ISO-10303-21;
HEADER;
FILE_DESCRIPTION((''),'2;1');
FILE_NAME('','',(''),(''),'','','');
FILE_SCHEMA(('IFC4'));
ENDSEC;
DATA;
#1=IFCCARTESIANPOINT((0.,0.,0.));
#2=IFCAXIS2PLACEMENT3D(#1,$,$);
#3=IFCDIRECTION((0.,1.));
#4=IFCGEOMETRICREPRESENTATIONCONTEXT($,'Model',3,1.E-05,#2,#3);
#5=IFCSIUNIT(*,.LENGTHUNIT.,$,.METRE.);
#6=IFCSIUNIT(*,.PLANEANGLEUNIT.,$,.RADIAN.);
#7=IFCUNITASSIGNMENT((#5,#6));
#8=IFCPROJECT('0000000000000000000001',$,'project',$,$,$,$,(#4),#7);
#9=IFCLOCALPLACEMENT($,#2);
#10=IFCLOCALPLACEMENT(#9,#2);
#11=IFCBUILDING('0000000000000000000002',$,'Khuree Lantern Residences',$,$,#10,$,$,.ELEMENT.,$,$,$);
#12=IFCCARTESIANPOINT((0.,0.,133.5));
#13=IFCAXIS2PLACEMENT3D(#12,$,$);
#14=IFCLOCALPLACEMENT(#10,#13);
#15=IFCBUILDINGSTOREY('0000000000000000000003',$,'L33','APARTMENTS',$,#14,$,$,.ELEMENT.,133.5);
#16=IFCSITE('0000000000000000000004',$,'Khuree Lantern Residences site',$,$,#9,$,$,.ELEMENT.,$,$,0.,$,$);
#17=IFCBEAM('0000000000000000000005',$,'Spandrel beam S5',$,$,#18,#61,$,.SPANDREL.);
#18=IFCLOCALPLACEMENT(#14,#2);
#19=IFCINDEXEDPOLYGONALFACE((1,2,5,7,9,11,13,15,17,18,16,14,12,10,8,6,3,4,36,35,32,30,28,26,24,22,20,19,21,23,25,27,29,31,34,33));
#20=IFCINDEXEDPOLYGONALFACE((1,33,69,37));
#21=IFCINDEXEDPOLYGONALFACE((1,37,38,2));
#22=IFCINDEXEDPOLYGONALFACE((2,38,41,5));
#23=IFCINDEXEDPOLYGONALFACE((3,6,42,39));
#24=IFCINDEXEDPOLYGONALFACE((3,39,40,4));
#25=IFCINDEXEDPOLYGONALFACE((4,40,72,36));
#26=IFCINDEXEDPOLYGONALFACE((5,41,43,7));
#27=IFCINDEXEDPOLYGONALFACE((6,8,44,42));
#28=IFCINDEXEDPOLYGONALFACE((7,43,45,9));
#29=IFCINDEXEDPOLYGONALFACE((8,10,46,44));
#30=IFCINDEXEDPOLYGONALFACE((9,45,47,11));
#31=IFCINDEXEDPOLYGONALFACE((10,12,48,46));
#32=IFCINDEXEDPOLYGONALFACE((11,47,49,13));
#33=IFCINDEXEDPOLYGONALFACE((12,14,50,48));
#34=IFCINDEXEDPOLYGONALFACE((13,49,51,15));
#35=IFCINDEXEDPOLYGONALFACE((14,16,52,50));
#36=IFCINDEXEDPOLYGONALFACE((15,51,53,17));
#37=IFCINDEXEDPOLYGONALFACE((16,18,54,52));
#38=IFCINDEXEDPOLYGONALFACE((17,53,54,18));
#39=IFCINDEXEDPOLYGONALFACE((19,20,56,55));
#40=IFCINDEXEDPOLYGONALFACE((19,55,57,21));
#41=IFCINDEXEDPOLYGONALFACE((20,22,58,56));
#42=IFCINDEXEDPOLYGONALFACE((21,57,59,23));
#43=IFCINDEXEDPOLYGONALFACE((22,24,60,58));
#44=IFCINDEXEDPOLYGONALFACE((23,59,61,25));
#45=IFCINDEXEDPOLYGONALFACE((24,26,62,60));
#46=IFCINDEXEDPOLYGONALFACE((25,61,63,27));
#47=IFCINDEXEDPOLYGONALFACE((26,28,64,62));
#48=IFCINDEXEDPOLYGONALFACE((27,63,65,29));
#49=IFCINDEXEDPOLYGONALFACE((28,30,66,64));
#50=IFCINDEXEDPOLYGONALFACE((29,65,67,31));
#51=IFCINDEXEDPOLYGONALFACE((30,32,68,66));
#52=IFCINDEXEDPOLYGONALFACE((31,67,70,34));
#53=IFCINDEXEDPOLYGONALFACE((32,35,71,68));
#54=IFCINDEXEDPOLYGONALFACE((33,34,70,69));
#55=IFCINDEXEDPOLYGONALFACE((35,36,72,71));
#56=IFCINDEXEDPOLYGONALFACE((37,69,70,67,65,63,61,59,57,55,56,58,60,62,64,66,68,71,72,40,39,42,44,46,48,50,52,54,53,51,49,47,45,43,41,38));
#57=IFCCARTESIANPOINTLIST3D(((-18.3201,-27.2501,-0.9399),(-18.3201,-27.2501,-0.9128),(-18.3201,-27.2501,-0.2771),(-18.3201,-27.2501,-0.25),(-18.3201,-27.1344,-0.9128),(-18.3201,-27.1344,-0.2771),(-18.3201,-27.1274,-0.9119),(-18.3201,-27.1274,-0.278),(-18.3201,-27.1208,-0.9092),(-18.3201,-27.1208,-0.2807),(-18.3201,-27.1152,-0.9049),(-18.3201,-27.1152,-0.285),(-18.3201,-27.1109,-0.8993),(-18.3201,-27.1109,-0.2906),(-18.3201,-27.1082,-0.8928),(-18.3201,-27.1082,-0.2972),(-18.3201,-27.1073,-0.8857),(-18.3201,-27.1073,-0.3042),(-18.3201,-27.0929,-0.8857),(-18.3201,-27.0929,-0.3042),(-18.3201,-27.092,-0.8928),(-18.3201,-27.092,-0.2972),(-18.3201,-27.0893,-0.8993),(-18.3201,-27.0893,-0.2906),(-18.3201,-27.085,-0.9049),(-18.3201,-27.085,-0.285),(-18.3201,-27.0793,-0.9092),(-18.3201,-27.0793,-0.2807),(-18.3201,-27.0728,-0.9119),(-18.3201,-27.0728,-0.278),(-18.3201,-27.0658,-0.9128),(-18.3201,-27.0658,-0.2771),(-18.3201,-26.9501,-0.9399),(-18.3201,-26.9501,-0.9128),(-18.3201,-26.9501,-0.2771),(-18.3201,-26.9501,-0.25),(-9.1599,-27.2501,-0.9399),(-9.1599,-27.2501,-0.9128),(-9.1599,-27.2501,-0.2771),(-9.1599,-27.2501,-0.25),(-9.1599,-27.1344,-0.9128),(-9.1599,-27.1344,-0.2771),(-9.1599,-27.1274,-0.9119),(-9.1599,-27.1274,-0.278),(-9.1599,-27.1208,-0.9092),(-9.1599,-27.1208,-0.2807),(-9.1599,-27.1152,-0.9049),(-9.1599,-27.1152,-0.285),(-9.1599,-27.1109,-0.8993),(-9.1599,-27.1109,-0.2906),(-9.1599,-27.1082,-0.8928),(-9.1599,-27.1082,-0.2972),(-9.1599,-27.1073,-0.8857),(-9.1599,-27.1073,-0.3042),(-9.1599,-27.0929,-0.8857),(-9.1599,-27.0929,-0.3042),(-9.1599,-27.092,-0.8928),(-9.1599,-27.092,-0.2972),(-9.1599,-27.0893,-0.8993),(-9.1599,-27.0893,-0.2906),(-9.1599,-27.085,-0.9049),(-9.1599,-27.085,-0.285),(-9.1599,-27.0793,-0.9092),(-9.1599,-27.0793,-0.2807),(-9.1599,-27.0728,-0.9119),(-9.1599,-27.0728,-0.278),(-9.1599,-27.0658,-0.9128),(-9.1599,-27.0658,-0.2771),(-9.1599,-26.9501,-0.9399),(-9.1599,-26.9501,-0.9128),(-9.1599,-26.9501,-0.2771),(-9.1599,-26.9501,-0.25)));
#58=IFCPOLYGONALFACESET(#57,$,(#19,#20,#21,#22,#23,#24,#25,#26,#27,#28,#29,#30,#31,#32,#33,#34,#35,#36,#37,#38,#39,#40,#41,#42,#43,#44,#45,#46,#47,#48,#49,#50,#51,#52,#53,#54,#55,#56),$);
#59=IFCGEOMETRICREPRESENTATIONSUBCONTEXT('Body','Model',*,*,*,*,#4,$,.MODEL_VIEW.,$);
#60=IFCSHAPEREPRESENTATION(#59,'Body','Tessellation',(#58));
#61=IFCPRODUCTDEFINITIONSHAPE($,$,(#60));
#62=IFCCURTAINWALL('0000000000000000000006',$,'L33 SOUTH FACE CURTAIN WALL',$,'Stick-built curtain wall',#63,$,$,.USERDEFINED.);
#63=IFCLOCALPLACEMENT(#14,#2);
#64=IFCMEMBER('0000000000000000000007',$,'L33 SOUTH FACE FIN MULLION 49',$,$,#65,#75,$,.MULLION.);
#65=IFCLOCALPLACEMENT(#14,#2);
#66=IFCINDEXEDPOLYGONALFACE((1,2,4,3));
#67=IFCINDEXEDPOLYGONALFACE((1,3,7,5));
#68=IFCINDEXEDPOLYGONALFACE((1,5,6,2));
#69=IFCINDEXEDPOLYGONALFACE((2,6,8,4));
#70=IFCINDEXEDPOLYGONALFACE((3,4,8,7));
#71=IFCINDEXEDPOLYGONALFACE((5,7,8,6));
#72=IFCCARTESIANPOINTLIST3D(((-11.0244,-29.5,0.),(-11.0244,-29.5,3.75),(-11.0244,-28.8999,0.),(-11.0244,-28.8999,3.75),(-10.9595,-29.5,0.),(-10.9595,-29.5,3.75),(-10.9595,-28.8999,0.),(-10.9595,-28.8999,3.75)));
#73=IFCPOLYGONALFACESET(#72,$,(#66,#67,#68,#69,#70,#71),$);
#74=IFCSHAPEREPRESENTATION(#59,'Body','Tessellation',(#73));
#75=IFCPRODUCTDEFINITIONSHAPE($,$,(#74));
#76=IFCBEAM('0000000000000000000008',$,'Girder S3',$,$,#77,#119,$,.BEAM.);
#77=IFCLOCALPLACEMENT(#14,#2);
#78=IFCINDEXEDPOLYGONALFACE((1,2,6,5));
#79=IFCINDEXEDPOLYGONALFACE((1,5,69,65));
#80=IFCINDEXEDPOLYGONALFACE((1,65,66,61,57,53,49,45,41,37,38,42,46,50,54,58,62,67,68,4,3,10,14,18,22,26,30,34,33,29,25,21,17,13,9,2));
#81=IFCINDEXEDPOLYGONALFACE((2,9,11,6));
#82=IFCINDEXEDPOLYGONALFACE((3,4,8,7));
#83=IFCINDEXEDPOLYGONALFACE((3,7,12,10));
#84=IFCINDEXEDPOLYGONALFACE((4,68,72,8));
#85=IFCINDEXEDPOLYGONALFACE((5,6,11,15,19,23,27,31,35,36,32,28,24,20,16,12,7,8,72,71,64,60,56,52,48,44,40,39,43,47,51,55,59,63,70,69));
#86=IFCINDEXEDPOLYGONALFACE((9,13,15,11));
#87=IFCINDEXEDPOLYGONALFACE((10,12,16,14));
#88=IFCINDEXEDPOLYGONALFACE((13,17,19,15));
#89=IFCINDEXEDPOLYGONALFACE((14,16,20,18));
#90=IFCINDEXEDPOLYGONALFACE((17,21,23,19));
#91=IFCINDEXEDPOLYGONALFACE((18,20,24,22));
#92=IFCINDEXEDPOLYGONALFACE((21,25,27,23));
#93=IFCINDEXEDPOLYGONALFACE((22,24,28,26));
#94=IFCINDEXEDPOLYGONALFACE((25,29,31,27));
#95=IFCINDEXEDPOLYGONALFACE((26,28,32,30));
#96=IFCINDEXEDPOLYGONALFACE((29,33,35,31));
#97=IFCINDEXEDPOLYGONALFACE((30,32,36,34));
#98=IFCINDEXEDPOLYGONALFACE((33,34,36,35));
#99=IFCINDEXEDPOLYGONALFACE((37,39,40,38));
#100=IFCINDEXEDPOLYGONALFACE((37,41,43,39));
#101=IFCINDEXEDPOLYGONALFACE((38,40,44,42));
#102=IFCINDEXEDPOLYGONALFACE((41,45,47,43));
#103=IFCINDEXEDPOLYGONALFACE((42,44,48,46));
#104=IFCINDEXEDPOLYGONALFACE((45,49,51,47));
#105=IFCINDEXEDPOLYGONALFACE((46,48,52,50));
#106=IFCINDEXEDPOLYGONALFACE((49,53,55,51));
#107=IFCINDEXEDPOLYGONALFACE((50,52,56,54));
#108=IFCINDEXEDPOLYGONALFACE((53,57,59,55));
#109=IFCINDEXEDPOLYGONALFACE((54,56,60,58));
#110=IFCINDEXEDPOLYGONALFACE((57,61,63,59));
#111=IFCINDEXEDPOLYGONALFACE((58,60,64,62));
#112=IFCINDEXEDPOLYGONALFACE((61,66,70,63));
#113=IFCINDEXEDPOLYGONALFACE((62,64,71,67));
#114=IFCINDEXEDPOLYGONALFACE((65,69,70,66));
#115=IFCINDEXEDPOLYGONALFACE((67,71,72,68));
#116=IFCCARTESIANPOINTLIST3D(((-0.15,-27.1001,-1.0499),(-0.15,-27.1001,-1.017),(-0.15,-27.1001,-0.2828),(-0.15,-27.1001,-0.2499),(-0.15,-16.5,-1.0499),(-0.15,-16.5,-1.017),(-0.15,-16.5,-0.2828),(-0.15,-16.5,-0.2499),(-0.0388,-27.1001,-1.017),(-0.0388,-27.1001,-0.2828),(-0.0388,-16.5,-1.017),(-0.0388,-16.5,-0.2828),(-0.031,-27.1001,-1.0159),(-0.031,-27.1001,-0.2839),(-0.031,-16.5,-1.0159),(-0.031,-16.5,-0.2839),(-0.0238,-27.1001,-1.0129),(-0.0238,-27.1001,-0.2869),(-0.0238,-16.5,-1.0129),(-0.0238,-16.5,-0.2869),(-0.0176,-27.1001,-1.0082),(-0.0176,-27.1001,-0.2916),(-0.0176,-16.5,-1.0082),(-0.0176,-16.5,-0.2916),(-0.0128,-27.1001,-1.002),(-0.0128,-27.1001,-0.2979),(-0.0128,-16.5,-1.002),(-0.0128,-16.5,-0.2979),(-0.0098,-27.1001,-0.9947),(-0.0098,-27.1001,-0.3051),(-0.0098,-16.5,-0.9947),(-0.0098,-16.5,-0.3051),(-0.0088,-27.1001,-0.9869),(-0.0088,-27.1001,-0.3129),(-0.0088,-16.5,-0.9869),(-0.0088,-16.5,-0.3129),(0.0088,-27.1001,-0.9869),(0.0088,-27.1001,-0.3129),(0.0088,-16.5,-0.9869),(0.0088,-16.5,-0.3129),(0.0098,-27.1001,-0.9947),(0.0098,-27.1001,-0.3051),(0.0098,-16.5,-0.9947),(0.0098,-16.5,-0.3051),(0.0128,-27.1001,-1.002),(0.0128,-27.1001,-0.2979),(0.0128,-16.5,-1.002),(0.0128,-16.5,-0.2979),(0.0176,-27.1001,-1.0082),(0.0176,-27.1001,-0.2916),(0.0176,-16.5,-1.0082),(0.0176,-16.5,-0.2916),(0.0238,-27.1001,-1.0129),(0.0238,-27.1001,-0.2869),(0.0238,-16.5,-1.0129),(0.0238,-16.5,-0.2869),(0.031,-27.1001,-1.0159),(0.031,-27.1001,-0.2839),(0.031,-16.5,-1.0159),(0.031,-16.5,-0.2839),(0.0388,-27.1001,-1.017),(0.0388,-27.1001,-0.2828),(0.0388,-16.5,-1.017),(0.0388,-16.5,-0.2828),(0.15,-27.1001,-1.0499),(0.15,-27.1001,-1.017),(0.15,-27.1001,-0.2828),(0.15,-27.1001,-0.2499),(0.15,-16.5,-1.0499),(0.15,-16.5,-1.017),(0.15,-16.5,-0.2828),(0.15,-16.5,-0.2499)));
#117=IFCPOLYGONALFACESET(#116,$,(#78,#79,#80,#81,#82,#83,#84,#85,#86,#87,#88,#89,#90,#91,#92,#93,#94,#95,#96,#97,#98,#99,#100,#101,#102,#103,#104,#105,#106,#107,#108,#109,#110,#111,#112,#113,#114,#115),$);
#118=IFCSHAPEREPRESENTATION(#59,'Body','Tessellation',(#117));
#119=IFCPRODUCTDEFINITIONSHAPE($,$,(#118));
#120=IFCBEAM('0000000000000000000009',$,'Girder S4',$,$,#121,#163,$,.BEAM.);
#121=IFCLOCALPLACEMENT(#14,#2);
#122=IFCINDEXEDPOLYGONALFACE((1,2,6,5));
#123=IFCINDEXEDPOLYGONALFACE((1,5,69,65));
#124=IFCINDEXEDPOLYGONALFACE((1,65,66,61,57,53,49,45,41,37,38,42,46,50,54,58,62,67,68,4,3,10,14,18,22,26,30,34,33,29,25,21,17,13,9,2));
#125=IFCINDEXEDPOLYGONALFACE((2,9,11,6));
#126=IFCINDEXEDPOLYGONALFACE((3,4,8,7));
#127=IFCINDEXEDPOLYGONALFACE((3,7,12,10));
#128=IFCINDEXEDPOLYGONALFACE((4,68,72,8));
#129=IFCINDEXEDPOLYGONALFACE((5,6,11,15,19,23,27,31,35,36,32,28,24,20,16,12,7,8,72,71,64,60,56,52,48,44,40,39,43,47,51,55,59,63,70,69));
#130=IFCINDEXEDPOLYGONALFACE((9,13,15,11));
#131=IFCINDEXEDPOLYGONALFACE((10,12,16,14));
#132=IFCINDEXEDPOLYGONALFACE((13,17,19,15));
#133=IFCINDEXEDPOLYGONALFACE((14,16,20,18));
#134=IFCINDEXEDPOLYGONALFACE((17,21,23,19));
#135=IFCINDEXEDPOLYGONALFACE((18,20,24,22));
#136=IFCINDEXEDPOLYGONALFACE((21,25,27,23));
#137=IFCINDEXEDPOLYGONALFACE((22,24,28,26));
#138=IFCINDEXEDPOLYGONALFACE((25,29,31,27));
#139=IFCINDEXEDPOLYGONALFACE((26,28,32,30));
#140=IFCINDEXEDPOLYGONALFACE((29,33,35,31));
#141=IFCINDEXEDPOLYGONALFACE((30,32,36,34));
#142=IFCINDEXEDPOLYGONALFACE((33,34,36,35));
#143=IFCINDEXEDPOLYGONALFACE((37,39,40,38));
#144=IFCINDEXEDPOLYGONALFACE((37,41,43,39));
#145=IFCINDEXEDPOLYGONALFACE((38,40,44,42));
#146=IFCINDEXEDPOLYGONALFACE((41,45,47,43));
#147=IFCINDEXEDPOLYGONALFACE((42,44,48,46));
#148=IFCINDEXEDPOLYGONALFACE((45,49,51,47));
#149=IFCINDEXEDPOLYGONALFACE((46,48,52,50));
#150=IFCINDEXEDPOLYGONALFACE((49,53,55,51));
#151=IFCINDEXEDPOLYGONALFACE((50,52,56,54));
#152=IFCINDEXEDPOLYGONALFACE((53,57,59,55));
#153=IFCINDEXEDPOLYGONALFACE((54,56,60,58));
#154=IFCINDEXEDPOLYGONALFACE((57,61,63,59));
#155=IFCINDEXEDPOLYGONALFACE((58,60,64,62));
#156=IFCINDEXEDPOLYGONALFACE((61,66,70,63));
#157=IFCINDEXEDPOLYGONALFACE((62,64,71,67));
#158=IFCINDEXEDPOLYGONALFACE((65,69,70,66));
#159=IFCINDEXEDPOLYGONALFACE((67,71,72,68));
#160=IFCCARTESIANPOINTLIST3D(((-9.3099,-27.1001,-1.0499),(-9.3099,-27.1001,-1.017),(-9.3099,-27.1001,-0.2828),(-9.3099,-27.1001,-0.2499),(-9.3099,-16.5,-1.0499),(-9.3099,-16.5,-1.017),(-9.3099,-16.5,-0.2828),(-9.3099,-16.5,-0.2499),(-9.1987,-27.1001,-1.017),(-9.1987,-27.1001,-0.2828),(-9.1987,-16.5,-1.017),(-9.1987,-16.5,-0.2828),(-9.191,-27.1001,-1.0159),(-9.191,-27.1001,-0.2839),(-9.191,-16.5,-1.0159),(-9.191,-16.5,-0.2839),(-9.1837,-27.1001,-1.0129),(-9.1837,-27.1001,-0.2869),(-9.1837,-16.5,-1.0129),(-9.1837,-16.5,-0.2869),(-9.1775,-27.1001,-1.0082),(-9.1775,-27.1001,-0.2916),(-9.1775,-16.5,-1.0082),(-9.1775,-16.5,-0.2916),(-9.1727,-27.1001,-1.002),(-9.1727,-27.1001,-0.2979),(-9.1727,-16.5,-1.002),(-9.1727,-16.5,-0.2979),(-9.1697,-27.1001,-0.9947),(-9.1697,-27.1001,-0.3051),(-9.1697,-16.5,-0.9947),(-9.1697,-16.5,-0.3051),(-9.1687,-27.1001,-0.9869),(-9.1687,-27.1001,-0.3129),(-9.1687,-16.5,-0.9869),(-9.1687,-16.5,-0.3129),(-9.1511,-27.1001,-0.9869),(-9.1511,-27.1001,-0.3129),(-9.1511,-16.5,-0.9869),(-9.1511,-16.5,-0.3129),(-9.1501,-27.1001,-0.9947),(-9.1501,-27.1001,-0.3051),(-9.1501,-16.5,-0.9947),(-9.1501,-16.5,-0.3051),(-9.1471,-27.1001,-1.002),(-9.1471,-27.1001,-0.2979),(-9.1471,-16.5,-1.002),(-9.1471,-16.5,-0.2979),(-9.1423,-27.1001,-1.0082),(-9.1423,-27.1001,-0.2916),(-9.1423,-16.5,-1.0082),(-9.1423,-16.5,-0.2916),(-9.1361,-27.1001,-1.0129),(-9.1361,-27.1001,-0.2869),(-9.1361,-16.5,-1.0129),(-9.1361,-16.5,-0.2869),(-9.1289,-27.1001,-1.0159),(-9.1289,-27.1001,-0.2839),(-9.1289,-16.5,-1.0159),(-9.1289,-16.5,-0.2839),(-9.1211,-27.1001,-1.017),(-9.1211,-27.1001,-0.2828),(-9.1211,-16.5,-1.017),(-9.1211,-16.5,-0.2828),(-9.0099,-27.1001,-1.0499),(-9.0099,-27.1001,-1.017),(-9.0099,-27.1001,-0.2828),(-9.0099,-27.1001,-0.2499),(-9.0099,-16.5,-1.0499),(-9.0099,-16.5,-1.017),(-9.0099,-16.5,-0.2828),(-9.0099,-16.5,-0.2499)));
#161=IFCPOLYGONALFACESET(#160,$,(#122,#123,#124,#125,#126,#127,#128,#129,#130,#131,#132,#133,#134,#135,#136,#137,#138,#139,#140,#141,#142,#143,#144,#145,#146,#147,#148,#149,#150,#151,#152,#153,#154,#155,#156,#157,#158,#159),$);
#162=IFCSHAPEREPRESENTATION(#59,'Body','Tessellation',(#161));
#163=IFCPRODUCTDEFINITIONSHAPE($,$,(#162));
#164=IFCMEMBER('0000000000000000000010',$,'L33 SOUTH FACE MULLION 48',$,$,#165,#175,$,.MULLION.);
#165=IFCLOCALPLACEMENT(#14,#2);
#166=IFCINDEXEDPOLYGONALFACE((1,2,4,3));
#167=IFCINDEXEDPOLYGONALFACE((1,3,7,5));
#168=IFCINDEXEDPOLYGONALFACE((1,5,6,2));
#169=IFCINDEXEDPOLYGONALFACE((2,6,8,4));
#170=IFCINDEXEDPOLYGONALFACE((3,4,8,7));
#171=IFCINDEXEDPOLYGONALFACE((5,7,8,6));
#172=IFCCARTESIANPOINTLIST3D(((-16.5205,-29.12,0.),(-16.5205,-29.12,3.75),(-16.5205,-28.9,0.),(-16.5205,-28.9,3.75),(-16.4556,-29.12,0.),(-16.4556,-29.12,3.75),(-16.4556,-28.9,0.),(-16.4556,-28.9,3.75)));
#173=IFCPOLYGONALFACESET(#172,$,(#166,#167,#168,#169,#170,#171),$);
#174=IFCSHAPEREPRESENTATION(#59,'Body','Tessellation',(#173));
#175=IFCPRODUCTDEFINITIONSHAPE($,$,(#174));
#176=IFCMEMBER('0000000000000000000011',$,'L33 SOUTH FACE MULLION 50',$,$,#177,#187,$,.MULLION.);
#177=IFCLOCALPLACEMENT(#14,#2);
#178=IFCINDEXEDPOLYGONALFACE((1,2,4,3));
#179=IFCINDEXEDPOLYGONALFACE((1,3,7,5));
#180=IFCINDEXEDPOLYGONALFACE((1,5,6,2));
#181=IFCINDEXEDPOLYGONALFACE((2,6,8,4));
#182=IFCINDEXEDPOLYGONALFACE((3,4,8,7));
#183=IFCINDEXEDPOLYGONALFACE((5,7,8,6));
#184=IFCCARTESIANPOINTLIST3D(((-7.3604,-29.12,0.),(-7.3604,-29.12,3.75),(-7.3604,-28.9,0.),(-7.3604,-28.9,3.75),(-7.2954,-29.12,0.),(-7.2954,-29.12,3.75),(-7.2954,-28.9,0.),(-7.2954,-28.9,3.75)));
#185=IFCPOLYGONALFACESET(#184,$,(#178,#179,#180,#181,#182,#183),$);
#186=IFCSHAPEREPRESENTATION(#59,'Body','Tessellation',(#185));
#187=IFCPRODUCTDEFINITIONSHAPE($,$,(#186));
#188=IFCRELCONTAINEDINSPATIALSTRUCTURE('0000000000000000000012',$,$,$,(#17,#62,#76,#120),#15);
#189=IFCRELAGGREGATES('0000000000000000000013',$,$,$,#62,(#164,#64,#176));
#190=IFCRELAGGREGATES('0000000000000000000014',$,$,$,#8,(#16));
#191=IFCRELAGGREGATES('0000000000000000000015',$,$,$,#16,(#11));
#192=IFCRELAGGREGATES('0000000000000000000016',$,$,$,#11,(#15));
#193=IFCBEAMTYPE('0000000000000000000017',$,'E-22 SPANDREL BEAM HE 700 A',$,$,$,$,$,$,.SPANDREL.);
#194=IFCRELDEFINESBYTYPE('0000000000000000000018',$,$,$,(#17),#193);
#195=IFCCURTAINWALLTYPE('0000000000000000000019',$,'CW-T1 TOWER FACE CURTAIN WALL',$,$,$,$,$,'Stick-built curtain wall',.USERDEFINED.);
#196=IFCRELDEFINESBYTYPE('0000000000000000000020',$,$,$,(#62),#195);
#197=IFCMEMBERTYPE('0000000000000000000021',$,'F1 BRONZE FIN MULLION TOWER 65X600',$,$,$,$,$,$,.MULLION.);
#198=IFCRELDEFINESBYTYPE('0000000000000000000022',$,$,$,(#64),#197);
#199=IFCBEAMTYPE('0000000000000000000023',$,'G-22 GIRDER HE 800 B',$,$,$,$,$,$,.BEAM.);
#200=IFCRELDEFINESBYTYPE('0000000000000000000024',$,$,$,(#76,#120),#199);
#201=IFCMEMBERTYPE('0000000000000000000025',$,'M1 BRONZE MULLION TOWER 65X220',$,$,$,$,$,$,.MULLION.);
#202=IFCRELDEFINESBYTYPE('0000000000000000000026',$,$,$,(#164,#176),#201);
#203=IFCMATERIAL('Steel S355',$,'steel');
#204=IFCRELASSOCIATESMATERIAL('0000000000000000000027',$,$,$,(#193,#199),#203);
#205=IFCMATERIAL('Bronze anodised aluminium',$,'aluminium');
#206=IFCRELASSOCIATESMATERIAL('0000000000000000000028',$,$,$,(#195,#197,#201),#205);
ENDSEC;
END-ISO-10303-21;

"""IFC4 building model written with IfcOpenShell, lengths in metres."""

from ifc_helpers import new_model, si_unit, direction, frame, origin, origin_2d, place, context, subcontext, project, spatial, rectangle, i_section, extrude, material, material_profile, profile_set, type_object, element, aggregate, save


model = new_model("IFC4")

# Units and contexts
model_context = context("Model", 3, precision=1e-05, world=origin(), true_north=direction((0.0, 1.0)))
body_context = subcontext(model_context, "Body", "Model", "MODEL_VIEW")
ifc_project = project(units=[si_unit("LENGTHUNIT", "METRE"), si_unit("PLANEANGLEUNIT", "RADIAN")], contexts=[model_context])

# Site, building, storey
site_placement = place(None, origin())
site = spatial("IfcSite", under=ifc_project, at=site_placement, Name="Khuree Lantern Residences site", CompositionType="ELEMENT", RefElevation=0.0)
building_placement = place(site_placement, origin())
building = spatial("IfcBuilding", under=site, at=building_placement, Name="Khuree Lantern Residences", CompositionType="ELEMENT")
storey_placement = place(building_placement, frame((0.0, 0.0, 133.5)))
storey = spatial("IfcBuildingStorey", under=building, at=storey_placement, Name="L33", Description="APARTMENTS", CompositionType="ELEMENT", Elevation=133.5)

# Beam
ifc_material_1 = material(Name="Steel S355", Category="steel")
ifc_material_profile_1 = material_profile(ifc_material_1, i_section(OverallWidth=0.3, OverallDepth=0.6899, WebThickness=0.0144, FlangeThickness=0.0271, FilletRadius=0.0271, at=origin_2d()), Name="HE 700 A")
ifc_profile_set_1 = profile_set([ifc_material_profile_1], Name="Steel S355")
beam_type_1 = type_object("IfcBeamType", Name="E-22 SPANDREL BEAM HE 700 A", PredefinedType="SPANDREL", material=ifc_profile_set_1)
beam_1_placement = place(storey_placement, frame((-9.1599, -27.1001, -0.595), z_axis=(-1.0, 0.0, 0.0), x_axis=(0.0, -1.0, 0.0)))
element("IfcBeam", 1, at=beam_1_placement, inside=storey, type_object=beam_type_1, Name="Spandrel beam S5", PredefinedType="SPANDREL", context=body_context, shape_type="SweptSolid", body=[
    extrude(i_section(OverallWidth=0.3, OverallDepth=0.6899, WebThickness=0.0144, FlangeThickness=0.0271, FilletRadius=0.0271, at=origin_2d()), origin(), (0.0, 0.0, 1.0), 9.1602),
])

# Curtain wall, member
ifc_material_2 = material(Name="Bronze anodised aluminium", Category="aluminium")
curtain_wall_type = type_object("IfcCurtainWallType", Name="CW-T1 TOWER FACE CURTAIN WALL", ElementType="Stick-built curtain wall", PredefinedType="USERDEFINED", material=ifc_material_2)
curtain_wall_placement = place(storey_placement, origin())
curtain_wall = element("IfcCurtainWall", 2, at=curtain_wall_placement, inside=storey, type_object=curtain_wall_type, Name="L33 SOUTH FACE CURTAIN WALL", ObjectType="Stick-built curtain wall", PredefinedType="USERDEFINED")
ifc_material_profile_2 = material_profile(ifc_material_2, rectangle(XDim=0.0649, YDim=0.6001, at=origin_2d()), Name="F1 65X600")
ifc_profile_set_2 = profile_set([ifc_material_profile_2], Name="Bronze anodised aluminium")
member_type_1 = type_object("IfcMemberType", Name="F1 BRONZE FIN MULLION TOWER 65X600", PredefinedType="MULLION", material=ifc_profile_set_2)
member_1_placement = place(storey_placement, frame((-10.9919, -29.2, 0.0), z_axis=(0.0, 0.0, 1.0), x_axis=(1.0, 0.0, 0.0)))
member_1 = element("IfcMember", 3, at=member_1_placement, type_object=member_type_1, Name="L33 SOUTH FACE FIN MULLION 49", PredefinedType="MULLION", context=body_context, shape_type="SweptSolid", body=[
    extrude(rectangle(XDim=0.0649, YDim=0.6001, at=origin_2d()), origin(), (0.0, 0.0, 1.0), 3.75),
])

# Beams
ifc_material_profile_3 = material_profile(ifc_material_1, i_section(OverallWidth=0.3, OverallDepth=0.8, WebThickness=0.0176, FlangeThickness=0.033, FilletRadius=0.03, at=origin_2d()), Name="HE 800 B")
ifc_profile_set_3 = profile_set([ifc_material_profile_3], Name="Steel S355")
beam_type_2 = type_object("IfcBeamType", Name="G-22 GIRDER HE 800 B", PredefinedType="BEAM", material=ifc_profile_set_3)
for number, where, z_axis, x_axis, name in (
    (4, (0.0, -27.1001, -0.6499), (0.0, 1.0, 0.0), (-1.0, 0.0, 0.0), "Girder S3"),
    (5, (-9.1599, -27.1001, -0.6499), (0.0, 1.0, 0.0), (-1.0, 0.0, 0.0), "Girder S4"),
):
    element("IfcBeam", number, at=place(storey_placement, frame(where, z_axis=z_axis, x_axis=x_axis)), inside=storey, type_object=beam_type_2, Name=name, PredefinedType="BEAM", context=body_context, shape_type="SweptSolid", body=[
        extrude(i_section(OverallWidth=0.3, OverallDepth=0.8, WebThickness=0.0176, FlangeThickness=0.033, FilletRadius=0.03, at=origin_2d()), origin(), (0.0, 0.0, 1.0), 10.6001),
    ])

# Members
ifc_material_profile_4 = material_profile(ifc_material_2, rectangle(XDim=0.0649, YDim=0.22, at=origin_2d()), Name="M1 65X220")
ifc_profile_set_4 = profile_set([ifc_material_profile_4], Name="Bronze anodised aluminium")
member_type_2 = type_object("IfcMemberType", Name="M1 BRONZE MULLION TOWER 65X220", PredefinedType="MULLION", material=ifc_profile_set_4)
member_2_placement = place(storey_placement, frame((-16.488, -29.01, 0.0), z_axis=(0.0, 0.0, 1.0), x_axis=(1.0, 0.0, 0.0)))
member_2 = element("IfcMember", 6, at=member_2_placement, type_object=member_type_2, Name="L33 SOUTH FACE MULLION 48", PredefinedType="MULLION", context=body_context, shape_type="SweptSolid", body=[
    extrude(rectangle(XDim=0.0649, YDim=0.22, at=origin_2d()), origin(), (0.0, 0.0, 1.0), 3.75),
])
member_3_placement = place(storey_placement, frame((-7.3279, -29.01, 0.0), z_axis=(0.0, 0.0, 1.0), x_axis=(1.0, 0.0, 0.0)))
member_3 = element("IfcMember", 7, at=member_3_placement, type_object=member_type_2, Name="L33 SOUTH FACE MULLION 50", PredefinedType="MULLION", context=body_context, shape_type="SweptSolid", body=[
    extrude(rectangle(XDim=0.0649, YDim=0.22, at=origin_2d()), origin(), (0.0, 0.0, 1.0), 3.75),
])

aggregate(curtain_wall, [member_2, member_1, member_3])

save(model, "model.ifc")
